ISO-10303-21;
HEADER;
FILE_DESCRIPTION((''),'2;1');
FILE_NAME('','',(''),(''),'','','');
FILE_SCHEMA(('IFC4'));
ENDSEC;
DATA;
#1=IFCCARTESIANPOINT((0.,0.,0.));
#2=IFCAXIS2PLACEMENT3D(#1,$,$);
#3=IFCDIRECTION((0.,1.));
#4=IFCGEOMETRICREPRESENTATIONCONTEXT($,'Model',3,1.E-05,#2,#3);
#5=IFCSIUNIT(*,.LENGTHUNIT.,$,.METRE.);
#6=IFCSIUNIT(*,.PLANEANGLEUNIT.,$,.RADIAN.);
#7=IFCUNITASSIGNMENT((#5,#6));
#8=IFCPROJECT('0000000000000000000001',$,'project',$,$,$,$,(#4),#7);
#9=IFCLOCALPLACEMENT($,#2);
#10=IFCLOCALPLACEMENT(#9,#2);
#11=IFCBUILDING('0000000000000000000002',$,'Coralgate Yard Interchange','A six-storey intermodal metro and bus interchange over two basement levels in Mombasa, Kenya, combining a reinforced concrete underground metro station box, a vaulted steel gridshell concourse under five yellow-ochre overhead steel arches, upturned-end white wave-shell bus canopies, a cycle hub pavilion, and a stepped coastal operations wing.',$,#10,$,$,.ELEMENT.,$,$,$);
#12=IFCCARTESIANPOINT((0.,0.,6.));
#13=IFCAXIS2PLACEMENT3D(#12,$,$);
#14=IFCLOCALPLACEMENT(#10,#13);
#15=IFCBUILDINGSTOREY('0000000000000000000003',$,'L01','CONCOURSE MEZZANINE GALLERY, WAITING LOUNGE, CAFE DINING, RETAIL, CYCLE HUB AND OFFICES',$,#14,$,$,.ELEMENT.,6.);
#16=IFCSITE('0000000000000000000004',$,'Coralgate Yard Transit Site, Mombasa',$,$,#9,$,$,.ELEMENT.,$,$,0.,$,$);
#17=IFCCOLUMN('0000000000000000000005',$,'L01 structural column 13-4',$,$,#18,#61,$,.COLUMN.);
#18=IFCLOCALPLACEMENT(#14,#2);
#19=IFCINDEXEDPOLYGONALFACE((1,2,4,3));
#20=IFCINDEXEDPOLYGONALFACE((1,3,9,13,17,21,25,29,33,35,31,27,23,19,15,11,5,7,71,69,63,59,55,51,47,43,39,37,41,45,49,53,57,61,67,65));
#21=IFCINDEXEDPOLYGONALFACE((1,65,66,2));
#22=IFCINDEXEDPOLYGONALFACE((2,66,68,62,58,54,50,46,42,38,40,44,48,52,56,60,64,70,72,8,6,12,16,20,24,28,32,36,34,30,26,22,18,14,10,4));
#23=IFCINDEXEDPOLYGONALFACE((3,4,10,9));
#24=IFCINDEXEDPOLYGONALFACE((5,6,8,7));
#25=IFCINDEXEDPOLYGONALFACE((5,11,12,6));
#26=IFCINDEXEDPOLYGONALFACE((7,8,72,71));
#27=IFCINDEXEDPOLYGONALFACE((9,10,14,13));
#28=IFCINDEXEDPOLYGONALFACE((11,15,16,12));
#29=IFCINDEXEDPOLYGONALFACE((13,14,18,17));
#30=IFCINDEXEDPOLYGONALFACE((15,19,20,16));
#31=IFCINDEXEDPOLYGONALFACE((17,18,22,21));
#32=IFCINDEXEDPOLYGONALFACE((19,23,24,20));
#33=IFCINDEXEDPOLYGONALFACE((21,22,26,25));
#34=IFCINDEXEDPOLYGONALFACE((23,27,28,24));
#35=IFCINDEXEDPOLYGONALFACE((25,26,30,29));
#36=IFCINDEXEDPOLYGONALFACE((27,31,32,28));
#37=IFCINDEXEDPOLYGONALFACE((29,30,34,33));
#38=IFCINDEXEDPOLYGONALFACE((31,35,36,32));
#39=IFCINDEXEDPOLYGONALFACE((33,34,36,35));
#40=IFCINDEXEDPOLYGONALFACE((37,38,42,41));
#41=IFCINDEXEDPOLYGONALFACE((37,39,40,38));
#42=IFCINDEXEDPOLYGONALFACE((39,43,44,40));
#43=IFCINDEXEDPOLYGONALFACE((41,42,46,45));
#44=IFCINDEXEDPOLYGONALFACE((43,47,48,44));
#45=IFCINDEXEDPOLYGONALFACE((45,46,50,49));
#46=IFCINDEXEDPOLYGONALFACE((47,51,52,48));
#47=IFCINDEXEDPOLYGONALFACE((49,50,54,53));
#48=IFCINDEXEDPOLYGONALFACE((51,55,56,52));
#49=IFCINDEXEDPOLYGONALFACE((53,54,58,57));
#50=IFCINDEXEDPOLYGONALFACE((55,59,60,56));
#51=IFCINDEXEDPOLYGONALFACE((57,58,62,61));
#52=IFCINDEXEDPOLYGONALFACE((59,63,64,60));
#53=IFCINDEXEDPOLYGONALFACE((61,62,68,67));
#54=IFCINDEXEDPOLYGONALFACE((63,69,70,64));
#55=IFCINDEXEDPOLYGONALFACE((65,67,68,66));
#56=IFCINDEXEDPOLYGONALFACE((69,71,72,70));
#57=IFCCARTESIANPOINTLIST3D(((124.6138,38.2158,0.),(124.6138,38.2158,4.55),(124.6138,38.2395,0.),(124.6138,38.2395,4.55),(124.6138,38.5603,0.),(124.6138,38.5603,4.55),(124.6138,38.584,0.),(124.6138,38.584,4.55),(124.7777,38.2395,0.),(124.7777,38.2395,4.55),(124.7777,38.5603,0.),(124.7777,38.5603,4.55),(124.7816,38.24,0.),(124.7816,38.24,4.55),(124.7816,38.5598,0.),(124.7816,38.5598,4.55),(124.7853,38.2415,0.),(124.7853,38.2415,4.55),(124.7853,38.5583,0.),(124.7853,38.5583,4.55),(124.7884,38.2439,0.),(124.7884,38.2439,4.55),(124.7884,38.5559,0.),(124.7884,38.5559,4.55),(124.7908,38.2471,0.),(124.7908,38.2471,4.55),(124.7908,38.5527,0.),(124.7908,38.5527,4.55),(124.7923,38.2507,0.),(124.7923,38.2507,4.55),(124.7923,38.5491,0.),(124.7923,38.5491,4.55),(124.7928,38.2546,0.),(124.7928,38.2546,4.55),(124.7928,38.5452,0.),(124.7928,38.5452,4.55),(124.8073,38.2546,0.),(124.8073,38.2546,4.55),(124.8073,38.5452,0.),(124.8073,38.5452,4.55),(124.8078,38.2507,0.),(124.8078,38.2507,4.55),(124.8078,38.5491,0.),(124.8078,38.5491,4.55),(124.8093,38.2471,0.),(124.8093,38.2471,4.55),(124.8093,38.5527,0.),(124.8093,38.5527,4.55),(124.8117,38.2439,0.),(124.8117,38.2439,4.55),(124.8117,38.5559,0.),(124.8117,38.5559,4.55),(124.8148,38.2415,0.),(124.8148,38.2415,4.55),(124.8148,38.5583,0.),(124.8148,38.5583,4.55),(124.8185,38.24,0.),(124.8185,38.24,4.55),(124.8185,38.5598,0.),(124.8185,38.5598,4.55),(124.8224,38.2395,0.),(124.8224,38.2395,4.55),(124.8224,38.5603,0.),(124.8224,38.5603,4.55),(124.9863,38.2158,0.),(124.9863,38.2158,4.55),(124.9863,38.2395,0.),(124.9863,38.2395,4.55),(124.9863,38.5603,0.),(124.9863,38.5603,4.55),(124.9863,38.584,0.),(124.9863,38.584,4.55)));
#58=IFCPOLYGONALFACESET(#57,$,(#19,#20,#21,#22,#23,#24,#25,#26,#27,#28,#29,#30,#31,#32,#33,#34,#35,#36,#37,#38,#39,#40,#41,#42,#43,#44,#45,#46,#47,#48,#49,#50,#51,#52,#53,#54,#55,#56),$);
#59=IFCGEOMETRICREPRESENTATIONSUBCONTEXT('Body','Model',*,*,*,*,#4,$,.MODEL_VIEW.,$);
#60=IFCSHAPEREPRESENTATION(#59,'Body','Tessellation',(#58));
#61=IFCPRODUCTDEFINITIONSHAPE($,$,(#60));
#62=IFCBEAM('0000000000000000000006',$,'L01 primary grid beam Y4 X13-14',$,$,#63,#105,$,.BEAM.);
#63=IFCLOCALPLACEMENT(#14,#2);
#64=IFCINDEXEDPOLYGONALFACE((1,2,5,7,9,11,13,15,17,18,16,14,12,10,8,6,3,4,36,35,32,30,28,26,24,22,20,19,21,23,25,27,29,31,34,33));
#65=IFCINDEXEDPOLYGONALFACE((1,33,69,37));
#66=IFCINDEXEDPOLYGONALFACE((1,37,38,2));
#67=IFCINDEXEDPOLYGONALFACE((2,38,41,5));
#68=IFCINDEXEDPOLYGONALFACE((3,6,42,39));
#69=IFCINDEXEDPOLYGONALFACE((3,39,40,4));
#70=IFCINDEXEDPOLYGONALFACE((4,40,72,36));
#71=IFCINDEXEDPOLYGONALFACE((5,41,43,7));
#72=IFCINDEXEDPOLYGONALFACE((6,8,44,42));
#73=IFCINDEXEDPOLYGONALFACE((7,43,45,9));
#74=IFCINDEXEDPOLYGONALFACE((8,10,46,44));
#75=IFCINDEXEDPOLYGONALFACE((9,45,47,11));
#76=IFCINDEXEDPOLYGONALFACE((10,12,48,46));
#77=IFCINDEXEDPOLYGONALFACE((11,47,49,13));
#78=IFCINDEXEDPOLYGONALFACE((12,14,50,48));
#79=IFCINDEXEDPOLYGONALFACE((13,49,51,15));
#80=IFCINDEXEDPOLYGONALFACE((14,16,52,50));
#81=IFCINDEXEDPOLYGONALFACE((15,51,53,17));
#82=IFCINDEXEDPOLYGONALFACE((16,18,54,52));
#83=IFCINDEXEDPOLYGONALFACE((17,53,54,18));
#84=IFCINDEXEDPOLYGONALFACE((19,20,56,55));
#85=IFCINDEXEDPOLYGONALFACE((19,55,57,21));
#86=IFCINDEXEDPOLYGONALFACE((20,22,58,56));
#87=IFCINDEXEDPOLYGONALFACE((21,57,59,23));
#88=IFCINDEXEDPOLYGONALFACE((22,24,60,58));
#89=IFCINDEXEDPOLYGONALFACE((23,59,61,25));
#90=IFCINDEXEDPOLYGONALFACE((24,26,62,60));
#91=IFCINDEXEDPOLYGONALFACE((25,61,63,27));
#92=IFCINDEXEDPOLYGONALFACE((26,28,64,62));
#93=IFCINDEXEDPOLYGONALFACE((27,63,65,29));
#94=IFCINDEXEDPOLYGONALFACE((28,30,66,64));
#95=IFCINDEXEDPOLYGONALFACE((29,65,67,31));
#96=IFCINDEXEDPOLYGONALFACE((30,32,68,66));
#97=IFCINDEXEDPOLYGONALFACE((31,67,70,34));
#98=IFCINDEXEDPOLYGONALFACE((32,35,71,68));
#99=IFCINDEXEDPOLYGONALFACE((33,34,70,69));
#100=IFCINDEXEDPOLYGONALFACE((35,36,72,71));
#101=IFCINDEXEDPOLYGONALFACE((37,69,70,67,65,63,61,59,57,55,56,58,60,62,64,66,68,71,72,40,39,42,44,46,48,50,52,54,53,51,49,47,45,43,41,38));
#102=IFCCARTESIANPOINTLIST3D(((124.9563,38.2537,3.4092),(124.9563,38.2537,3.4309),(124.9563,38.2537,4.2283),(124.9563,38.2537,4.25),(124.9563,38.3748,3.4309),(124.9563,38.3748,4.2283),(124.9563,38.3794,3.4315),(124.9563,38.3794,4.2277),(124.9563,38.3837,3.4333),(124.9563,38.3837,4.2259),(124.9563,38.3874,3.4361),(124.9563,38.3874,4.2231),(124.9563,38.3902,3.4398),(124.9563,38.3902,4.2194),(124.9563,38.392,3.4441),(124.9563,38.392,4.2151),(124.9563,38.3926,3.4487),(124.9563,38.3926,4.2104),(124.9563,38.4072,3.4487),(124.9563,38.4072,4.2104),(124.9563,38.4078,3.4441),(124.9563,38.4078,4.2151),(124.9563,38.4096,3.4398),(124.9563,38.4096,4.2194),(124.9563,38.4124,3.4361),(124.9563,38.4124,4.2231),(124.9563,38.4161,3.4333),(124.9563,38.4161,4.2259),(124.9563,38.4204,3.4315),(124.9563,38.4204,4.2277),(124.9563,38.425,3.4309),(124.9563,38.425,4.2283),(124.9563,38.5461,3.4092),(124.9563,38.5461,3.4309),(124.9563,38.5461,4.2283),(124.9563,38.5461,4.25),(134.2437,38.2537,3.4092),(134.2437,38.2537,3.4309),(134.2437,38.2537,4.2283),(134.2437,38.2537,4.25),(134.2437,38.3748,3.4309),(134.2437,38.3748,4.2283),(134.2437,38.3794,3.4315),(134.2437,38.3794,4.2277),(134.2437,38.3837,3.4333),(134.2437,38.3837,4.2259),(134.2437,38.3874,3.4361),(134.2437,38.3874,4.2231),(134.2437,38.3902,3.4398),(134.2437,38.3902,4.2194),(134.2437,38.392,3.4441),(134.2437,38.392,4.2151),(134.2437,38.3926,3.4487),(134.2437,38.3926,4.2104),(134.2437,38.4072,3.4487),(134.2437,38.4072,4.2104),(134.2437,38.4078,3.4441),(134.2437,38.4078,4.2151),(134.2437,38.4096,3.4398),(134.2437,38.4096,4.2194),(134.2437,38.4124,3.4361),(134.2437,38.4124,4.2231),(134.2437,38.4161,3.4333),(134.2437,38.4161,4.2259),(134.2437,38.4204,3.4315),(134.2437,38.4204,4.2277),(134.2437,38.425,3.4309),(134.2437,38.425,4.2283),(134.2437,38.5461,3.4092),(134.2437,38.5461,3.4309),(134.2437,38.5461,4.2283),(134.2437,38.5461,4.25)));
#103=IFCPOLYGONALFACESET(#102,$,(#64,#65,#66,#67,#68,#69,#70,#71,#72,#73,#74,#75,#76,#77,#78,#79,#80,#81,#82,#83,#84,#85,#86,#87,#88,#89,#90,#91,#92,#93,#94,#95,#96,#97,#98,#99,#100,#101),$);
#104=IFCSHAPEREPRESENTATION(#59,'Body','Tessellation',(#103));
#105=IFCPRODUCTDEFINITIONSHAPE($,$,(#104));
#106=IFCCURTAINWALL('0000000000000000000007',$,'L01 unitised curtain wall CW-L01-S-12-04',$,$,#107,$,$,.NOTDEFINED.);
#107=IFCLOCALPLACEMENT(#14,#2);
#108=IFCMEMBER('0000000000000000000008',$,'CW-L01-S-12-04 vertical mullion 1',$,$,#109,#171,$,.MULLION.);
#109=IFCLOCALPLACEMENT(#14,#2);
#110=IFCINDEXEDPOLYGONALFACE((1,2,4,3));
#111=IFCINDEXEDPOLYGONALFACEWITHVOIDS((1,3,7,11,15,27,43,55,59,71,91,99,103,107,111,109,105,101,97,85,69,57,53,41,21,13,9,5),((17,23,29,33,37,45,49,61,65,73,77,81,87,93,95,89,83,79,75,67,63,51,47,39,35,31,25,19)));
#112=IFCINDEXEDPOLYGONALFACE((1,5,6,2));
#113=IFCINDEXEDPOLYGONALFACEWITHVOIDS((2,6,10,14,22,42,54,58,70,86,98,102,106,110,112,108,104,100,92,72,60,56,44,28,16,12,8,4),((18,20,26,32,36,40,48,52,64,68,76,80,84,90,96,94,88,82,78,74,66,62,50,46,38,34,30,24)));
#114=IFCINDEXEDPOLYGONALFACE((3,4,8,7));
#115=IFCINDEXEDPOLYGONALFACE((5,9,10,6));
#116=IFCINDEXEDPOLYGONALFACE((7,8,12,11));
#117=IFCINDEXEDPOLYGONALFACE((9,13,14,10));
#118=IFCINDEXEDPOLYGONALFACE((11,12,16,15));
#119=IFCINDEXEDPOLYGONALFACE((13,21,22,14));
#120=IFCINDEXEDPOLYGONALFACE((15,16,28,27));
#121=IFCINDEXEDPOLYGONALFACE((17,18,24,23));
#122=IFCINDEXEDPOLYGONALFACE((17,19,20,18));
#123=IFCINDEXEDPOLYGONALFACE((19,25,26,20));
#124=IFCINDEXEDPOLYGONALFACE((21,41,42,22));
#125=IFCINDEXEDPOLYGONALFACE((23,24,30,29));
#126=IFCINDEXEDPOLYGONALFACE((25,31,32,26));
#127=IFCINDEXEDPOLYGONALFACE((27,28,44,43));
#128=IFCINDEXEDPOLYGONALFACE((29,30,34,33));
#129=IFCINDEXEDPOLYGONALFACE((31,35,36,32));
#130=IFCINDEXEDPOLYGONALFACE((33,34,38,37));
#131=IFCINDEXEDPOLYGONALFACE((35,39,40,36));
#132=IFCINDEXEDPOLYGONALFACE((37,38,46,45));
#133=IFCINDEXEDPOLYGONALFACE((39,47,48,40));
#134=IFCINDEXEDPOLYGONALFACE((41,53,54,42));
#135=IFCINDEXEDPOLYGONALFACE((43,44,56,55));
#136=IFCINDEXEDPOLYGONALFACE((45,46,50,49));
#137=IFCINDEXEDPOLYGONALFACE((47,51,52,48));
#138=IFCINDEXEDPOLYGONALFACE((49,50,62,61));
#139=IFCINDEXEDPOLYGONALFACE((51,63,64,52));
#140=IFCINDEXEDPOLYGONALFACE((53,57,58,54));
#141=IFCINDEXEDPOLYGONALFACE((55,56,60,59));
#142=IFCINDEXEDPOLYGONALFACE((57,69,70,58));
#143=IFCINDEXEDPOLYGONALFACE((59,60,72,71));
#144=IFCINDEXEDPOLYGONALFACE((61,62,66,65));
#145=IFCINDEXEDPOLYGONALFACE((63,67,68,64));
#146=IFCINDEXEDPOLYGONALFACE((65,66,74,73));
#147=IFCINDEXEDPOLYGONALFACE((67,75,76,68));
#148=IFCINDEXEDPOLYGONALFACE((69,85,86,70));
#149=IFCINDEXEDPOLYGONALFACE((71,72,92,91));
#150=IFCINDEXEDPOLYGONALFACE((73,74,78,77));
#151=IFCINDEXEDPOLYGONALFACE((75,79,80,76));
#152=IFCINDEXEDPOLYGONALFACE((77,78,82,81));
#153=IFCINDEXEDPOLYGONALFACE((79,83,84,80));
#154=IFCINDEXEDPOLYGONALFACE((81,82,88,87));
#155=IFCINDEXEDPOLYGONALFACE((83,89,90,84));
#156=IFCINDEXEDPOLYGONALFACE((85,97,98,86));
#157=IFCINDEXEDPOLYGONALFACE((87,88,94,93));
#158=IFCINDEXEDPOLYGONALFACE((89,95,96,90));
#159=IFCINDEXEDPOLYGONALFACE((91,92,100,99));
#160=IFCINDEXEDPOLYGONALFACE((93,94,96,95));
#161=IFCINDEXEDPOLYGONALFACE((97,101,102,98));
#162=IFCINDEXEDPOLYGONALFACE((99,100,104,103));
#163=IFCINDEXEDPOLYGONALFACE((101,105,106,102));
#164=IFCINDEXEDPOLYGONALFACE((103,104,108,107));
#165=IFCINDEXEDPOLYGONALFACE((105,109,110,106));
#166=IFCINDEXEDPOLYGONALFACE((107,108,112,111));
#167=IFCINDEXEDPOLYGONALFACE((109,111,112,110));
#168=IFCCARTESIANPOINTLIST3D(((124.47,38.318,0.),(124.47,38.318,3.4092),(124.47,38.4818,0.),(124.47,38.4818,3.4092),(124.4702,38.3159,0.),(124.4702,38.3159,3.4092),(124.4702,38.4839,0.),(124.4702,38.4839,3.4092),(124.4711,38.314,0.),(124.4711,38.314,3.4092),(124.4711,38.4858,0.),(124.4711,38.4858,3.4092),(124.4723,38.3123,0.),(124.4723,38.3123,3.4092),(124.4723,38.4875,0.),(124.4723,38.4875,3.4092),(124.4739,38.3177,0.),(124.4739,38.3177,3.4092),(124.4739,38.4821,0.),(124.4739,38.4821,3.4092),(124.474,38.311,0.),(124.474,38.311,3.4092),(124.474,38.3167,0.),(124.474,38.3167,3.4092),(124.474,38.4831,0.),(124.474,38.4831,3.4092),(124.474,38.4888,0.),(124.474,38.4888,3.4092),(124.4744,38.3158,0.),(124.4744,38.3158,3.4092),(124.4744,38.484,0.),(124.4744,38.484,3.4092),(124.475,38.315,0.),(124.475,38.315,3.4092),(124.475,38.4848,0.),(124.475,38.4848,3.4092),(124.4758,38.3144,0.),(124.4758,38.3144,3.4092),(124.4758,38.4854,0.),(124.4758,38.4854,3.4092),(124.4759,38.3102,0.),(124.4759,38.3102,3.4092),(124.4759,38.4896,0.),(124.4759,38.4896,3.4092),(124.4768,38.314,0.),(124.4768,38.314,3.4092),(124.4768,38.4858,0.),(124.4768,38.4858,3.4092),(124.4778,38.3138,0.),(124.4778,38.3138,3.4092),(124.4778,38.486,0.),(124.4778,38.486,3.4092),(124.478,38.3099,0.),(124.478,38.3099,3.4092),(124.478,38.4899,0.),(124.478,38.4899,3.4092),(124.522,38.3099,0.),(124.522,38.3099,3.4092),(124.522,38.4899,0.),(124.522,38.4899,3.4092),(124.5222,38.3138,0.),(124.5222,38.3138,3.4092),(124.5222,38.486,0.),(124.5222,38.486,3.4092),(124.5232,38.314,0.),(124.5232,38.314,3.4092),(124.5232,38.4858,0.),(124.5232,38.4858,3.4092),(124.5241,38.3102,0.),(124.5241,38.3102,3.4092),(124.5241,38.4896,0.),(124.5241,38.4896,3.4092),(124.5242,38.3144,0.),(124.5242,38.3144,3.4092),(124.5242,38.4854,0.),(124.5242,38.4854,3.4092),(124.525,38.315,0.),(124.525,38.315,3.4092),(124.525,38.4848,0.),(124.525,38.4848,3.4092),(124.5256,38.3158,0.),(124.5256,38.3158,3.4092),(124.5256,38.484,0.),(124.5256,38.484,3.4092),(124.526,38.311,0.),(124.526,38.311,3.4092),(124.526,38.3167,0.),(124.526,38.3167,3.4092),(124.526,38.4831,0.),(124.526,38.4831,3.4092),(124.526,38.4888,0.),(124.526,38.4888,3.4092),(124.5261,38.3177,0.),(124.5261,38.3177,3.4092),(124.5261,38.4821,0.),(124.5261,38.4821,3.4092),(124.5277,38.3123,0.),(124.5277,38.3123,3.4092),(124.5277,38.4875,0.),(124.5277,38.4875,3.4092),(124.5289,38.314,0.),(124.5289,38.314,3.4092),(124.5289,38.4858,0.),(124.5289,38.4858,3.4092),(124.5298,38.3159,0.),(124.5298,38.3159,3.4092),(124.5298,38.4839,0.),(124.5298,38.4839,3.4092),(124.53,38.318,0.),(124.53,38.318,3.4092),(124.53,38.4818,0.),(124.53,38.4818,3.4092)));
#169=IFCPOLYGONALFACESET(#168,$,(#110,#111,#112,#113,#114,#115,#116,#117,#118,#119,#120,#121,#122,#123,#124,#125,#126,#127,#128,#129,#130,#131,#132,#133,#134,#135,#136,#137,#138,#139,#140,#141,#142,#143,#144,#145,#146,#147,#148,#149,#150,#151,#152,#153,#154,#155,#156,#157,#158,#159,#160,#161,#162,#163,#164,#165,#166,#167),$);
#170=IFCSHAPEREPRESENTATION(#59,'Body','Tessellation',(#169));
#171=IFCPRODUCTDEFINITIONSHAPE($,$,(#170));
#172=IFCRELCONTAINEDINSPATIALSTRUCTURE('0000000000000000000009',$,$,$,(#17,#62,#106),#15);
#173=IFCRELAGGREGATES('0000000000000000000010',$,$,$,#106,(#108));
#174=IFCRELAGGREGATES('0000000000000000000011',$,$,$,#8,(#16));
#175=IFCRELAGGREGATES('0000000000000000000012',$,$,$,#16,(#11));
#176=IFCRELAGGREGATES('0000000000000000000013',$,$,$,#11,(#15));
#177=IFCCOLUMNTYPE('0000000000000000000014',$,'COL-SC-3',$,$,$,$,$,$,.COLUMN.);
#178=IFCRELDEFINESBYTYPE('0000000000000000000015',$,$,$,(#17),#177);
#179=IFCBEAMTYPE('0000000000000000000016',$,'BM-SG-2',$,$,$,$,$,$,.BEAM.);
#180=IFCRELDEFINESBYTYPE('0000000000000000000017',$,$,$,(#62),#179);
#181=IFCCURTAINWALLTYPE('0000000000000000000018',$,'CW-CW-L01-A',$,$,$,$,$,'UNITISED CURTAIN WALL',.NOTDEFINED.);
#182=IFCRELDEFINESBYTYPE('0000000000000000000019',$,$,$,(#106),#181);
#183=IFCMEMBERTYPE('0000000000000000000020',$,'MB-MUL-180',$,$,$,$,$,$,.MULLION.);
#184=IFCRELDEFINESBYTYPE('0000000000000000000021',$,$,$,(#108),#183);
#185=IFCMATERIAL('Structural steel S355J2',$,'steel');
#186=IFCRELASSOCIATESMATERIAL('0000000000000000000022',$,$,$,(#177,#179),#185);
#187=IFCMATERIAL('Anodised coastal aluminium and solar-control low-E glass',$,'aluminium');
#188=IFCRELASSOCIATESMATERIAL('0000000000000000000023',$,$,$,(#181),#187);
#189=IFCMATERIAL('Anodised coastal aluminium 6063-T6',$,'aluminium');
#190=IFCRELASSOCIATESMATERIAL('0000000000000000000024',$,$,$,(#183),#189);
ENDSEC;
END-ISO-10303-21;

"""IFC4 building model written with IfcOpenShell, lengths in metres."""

from ifc_helpers import new_model, si_unit, direction, frame, origin, origin_2d, place, context, subcontext, project, spatial, hollow_rectangle, i_section, extrude, material, material_profile, profile_set, type_object, element, aggregate, save


model = new_model("IFC4")

# Units and contexts
model_context = context("Model", 3, precision=1e-05, world=origin(), true_north=direction((0.0, 1.0)))
body_context = subcontext(model_context, "Body", "Model", "MODEL_VIEW")
ifc_project = project(units=[si_unit("LENGTHUNIT", "METRE"), si_unit("PLANEANGLEUNIT", "RADIAN")], contexts=[model_context])

# Site, building, storey
site_placement = place(None, origin())
site = spatial("IfcSite", under=ifc_project, at=site_placement, Name="Coralgate Yard Transit Site, Mombasa", CompositionType="ELEMENT", RefElevation=0.0)
building_placement = place(site_placement, origin())
building = spatial("IfcBuilding", under=site, at=building_placement, Name="Coralgate Yard Interchange", Description="A six-storey intermodal metro and bus interchange over two basement levels in Mombasa, Kenya, combining a reinforced concrete underground metro station box, a vaulted steel gridshell concourse under five yellow-ochre overhead steel arches, upturned-end white wave-shell bus canopies, a cycle hub pavilion, and a stepped coastal operations wing.", CompositionType="ELEMENT")
storey_placement = place(building_placement, frame((0.0, 0.0, 6.0)))
storey = spatial("IfcBuildingStorey", under=building, at=storey_placement, Name="L01", Description="CONCOURSE MEZZANINE GALLERY, WAITING LOUNGE, CAFE DINING, RETAIL, CYCLE HUB AND OFFICES", CompositionType="ELEMENT", Elevation=6.0)

# Column
ifc_material_1 = material(Name="Structural steel S355J2", Category="steel")
ifc_material_profile_1 = material_profile(ifc_material_1, i_section(OverallWidth=0.3726, OverallDepth=0.3682, WebThickness=0.0144, FlangeThickness=0.0237, FilletRadius=0.0151, at=origin_2d()), Name="UC 356x368x177")
ifc_profile_set_1 = profile_set([ifc_material_profile_1], Name="Structural steel S355J2")
column_type = type_object("IfcColumnType", Name="COL-SC-3", PredefinedType="COLUMN", material=ifc_profile_set_1)
column_placement = place(storey_placement, frame((124.8, 38.3999, 0.0), z_axis=(0.0, 0.0, 1.0), x_axis=(1.0, 0.0, 0.0)))
element("IfcColumn", 1, at=column_placement, inside=storey, type_object=column_type, Name="L01 structural column 13-4", PredefinedType="COLUMN", context=body_context, shape_type="SweptSolid", body=[
    extrude(i_section(OverallWidth=0.3726, OverallDepth=0.3682, WebThickness=0.0144, FlangeThickness=0.0237, FilletRadius=0.0151, at=origin_2d()), origin(), (0.0, 0.0, 1.0), 4.55),
])

# Beam
ifc_material_profile_2 = material_profile(ifc_material_1, i_section(OverallWidth=0.2925, OverallDepth=0.8408, WebThickness=0.0146, FlangeThickness=0.0217, FilletRadius=0.0178, at=origin_2d()), Name="UB 838x292x194")
ifc_profile_set_2 = profile_set([ifc_material_profile_2], Name="Structural steel S355J2")
beam_type = type_object("IfcBeamType", Name="BM-SG-2", PredefinedType="BEAM", material=ifc_profile_set_2)
beam_placement = place(storey_placement, frame((124.9563, 38.3999, 3.8296), z_axis=(1.0, 0.0, 0.0), x_axis=(0.0, 1.0, 0.0)))
element("IfcBeam", 2, at=beam_placement, inside=storey, type_object=beam_type, Name="L01 primary grid beam Y4 X13-14", PredefinedType="BEAM", context=body_context, shape_type="SweptSolid", body=[
    extrude(i_section(OverallWidth=0.2925, OverallDepth=0.8408, WebThickness=0.0146, FlangeThickness=0.0217, FilletRadius=0.0178, at=origin_2d()), origin(), (0.0, 0.0, 1.0), 9.2874),
])

# Curtain wall, member
ifc_material_2 = material(Name="Anodised coastal aluminium and solar-control low-E glass", Category="aluminium")
curtain_wall_type = type_object("IfcCurtainWallType", Name="CW-CW-L01-A", ElementType="UNITISED CURTAIN WALL", PredefinedType="NOTDEFINED", material=ifc_material_2)
curtain_wall_1_placement = place(storey_placement, origin())
curtain_wall_1 = element("IfcCurtainWall", 3, at=curtain_wall_1_placement, inside=storey, type_object=curtain_wall_type, Name="L01 unitised curtain wall CW-L01-S-12-04", PredefinedType="NOTDEFINED")
ifc_material_3 = material(Name="Anodised coastal aluminium 6063-T6", Category="aluminium")
ifc_material_profile_3 = material_profile(ifc_material_3, hollow_rectangle(XDim=0.0601, YDim=0.1799, WallThickness=0.0039, InnerFilletRadius=0.0039, OuterFilletRadius=0.0081, at=origin_2d()), Name="ALU 60x180x4")
ifc_profile_set_3 = profile_set([ifc_material_profile_3], Name="Anodised coastal aluminium 6063-T6")
member_type_1 = type_object("IfcMemberType", Name="MB-MUL-180", PredefinedType="MULLION", material=ifc_profile_set_3)
member_1_placement = place(storey_placement, frame((124.5, 38.3999, 0.0), z_axis=(0.0, 0.0, 1.0), x_axis=(1.0, 0.0, 0.0)))
member_1 = element("IfcMember", 4, at=member_1_placement, type_object=member_type_1, Name="CW-L01-S-12-04 vertical mullion 1", PredefinedType="MULLION", context=body_context, shape_type="SweptSolid", body=[
    extrude(hollow_rectangle(XDim=0.0601, YDim=0.1799, WallThickness=0.0039, InnerFilletRadius=0.0039, OuterFilletRadius=0.0081, at=origin_2d()), origin(), (0.0, 0.0, 1.0), 3.4092),
])

aggregate(curtain_wall_1, [member_1])

save(model, "model.ifc")
